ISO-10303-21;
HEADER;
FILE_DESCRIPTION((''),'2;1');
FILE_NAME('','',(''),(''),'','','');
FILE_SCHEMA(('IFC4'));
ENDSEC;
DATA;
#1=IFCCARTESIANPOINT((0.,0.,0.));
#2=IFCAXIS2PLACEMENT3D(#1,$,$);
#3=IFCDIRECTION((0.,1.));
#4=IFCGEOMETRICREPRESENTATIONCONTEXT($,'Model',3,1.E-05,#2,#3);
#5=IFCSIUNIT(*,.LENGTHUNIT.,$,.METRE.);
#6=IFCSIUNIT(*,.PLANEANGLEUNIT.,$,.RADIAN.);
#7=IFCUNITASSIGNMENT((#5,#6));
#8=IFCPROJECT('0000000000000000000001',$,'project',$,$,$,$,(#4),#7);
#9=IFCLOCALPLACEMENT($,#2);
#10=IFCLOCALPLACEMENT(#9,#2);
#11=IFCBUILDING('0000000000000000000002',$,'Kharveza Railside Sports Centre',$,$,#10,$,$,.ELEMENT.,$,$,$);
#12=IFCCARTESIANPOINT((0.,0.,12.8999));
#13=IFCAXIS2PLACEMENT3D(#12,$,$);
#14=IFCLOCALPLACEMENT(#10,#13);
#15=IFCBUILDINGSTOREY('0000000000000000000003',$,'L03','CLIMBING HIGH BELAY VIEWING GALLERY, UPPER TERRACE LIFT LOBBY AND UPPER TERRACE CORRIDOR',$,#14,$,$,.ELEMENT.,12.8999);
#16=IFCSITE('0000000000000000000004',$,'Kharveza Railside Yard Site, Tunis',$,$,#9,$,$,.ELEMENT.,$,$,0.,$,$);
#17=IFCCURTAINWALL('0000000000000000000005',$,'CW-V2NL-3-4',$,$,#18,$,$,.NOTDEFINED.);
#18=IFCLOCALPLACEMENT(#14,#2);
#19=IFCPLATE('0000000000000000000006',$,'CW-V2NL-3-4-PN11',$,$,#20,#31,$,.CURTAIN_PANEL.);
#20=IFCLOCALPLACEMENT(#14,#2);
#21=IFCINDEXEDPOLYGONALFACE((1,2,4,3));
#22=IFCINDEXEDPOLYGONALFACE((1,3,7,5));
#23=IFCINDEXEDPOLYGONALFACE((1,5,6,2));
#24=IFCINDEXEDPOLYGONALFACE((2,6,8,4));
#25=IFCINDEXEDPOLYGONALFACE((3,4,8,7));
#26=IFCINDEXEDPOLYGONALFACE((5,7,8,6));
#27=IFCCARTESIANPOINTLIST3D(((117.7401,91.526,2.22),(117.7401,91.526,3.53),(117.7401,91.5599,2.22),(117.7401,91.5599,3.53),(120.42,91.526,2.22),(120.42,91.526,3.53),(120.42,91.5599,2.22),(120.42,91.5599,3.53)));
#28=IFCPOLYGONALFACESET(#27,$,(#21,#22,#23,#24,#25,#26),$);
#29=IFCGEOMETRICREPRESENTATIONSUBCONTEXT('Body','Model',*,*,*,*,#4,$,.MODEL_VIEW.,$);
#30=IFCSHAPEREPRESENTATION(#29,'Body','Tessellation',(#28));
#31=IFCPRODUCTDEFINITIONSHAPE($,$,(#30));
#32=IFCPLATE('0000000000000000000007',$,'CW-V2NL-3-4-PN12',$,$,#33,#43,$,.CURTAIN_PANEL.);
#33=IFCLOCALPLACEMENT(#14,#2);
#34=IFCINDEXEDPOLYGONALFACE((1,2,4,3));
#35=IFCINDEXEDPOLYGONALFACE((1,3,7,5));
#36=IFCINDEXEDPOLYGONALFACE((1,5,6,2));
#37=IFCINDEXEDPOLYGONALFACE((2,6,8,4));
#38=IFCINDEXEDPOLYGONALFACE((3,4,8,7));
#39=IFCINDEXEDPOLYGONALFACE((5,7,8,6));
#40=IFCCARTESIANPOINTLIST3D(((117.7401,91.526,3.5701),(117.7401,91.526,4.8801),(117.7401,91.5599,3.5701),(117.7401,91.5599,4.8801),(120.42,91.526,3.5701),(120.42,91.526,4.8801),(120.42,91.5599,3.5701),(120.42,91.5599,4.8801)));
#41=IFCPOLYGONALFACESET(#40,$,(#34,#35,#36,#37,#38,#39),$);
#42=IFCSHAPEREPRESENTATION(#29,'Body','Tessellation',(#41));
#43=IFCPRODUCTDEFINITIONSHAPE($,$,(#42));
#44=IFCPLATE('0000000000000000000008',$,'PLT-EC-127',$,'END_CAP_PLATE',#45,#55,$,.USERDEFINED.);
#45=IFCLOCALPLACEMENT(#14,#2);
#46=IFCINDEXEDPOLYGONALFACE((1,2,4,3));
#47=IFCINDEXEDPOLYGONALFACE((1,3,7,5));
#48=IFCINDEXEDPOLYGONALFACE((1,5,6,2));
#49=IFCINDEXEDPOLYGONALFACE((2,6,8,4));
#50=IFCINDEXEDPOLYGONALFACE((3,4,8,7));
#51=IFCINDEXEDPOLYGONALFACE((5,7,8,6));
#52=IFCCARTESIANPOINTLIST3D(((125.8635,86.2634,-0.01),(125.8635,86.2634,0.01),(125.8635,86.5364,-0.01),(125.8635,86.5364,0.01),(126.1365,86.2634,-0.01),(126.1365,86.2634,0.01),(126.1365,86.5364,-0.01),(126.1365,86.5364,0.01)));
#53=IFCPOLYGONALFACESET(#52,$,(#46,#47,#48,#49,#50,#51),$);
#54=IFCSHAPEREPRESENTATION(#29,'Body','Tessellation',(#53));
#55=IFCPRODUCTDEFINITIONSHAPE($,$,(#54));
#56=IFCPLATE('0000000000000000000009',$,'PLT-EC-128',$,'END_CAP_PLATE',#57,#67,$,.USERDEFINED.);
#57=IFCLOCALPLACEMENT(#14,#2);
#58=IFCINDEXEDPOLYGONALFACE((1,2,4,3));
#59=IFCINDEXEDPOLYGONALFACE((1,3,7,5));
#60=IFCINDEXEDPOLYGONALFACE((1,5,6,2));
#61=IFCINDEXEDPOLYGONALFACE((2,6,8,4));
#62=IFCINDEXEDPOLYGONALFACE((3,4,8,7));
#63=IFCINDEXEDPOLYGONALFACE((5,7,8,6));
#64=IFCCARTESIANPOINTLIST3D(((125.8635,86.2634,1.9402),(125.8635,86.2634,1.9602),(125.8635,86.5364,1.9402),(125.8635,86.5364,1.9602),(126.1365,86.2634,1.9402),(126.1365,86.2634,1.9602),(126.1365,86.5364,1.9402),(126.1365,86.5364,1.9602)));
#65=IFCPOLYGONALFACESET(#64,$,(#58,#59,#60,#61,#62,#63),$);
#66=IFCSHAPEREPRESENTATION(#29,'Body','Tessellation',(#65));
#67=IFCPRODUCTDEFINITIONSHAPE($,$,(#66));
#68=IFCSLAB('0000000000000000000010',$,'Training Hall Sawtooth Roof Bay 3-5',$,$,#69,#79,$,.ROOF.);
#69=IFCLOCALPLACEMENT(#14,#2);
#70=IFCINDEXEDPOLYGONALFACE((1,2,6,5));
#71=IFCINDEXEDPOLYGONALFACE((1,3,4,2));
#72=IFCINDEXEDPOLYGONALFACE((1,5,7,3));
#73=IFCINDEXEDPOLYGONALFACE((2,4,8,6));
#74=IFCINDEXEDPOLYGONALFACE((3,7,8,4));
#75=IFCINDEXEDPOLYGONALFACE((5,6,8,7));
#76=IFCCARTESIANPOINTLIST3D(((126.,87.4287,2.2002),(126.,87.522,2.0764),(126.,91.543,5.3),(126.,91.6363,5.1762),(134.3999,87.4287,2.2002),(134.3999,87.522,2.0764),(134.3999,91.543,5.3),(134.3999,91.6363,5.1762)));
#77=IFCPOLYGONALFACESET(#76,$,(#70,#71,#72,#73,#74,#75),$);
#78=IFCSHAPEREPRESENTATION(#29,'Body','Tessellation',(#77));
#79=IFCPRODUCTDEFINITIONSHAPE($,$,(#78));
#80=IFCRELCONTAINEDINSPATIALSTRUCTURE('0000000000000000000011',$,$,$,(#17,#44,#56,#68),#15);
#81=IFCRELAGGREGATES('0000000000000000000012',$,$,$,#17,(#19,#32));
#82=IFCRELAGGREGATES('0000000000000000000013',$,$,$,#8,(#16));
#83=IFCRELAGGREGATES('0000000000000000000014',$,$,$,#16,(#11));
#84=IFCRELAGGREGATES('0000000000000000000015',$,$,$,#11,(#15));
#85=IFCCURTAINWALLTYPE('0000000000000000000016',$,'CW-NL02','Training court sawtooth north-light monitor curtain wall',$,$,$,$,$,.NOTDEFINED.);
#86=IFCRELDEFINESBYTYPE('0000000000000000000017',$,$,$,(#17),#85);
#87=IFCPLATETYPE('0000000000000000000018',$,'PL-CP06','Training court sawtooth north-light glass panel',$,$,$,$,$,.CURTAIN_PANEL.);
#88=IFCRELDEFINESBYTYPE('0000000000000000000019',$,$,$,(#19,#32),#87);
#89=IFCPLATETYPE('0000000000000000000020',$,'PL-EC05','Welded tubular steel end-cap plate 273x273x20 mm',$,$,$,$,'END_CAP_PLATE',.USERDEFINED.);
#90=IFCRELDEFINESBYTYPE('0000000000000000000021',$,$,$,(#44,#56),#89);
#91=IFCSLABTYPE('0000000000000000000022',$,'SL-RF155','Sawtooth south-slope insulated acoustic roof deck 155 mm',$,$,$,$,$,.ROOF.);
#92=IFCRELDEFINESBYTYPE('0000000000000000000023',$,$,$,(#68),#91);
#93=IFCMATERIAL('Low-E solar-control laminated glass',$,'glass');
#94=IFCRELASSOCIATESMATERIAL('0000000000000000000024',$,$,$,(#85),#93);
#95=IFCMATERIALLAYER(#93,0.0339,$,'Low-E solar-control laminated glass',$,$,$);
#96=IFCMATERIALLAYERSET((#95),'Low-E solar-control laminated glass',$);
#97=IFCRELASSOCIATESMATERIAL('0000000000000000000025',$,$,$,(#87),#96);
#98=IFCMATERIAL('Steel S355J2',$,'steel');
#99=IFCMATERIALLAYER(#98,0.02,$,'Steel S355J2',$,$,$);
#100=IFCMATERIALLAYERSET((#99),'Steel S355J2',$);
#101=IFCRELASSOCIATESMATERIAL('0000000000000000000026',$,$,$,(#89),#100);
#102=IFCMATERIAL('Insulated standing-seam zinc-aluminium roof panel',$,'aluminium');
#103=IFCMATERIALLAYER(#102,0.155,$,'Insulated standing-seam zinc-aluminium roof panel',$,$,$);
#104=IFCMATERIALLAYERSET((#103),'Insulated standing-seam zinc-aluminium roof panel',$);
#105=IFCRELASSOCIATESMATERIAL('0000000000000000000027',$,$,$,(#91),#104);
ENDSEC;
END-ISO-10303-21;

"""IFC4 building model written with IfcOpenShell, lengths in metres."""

from ifc_helpers import new_model, si_unit, direction, frame, origin, origin_2d, place, context, subcontext, project, spatial, polyline, rectangle, outline, extrude, material, layer, layer_set, type_object, element, aggregate, save


model = new_model("IFC4")

# Units and contexts
model_context = context("Model", 3, precision=1e-05, world=origin(), true_north=direction((0.0, 1.0)))
body_context = subcontext(model_context, "Body", "Model", "MODEL_VIEW")
ifc_project = project(units=[si_unit("LENGTHUNIT", "METRE"), si_unit("PLANEANGLEUNIT", "RADIAN")], contexts=[model_context])

# Site, building, storey
site_placement = place(None, origin())
site = spatial("IfcSite", under=ifc_project, at=site_placement, Name="Kharveza Railside Yard Site, Tunis", CompositionType="ELEMENT", RefElevation=0.0)
building_placement = place(site_placement, origin())
building = spatial("IfcBuilding", under=site, at=building_placement, Name="Kharveza Railside Sports Centre", CompositionType="ELEMENT")
storey_placement = place(building_placement, frame((0.0, 0.0, 12.8999)))
storey = spatial("IfcBuildingStorey", under=building, at=storey_placement, Name="L03", Description="CLIMBING HIGH BELAY VIEWING GALLERY, UPPER TERRACE LIFT LOBBY AND UPPER TERRACE CORRIDOR", CompositionType="ELEMENT", Elevation=12.8999)

# Shared definitions
ifc_material_1 = material(Name="Steel S355J2", Category="steel")

# Curtain wall
ifc_material_2 = material(Name="Low-E solar-control laminated glass", Category="glass")
curtain_wall_type = type_object("IfcCurtainWallType", Name="CW-NL02", Description="Training court sawtooth north-light monitor curtain wall", PredefinedType="NOTDEFINED", material=ifc_material_2)
curtain_wall_1_placement = place(storey_placement, origin())
curtain_wall_1 = element("IfcCurtainWall", 1, at=curtain_wall_1_placement, inside=storey, type_object=curtain_wall_type, Name="CW-V2NL-3-4", PredefinedType="NOTDEFINED")

# Plates
ifc_layer_1 = layer(ifc_material_2, 0.0339, Name="Low-E solar-control laminated glass")
ifc_layer_set_1 = layer_set([ifc_layer_1], Name="Low-E solar-control laminated glass")
plate_type_1 = type_object("IfcPlateType", Name="PL-CP06", Description="Training court sawtooth north-light glass panel", PredefinedType="CURTAIN_PANEL", material=ifc_layer_set_1)
plate_1_placement = place(storey_placement, frame((119.0801, 91.543, 2.22), z_axis=(0.0, 0.0, 1.0), x_axis=(1.0, 0.0, 0.0)))
plate_1 = element("IfcPlate", 2, at=plate_1_placement, type_object=plate_type_1, Name="CW-V2NL-3-4-PN11", PredefinedType="CURTAIN_PANEL", context=body_context, shape_type="SweptSolid", body=[
    extrude(rectangle(XDim=2.6799, YDim=0.0339, at=origin_2d()), origin(), (0.0, 0.0, 1.0), 1.3101),
])
plate_2_placement = place(storey_placement, frame((119.0801, 91.543, 3.5701), z_axis=(0.0, 0.0, 1.0), x_axis=(1.0, 0.0, 0.0)))
plate_2 = element("IfcPlate", 3, at=plate_2_placement, type_object=plate_type_1, Name="CW-V2NL-3-4-PN12", PredefinedType="CURTAIN_PANEL", context=body_context, shape_type="SweptSolid", body=[
    extrude(rectangle(XDim=2.6799, YDim=0.0339, at=origin_2d()), origin(), (0.0, 0.0, 1.0), 1.3101),
])
aggregate(curtain_wall_1, [plate_1, plate_2])

# Plates
ifc_layer_2 = layer(ifc_material_1, 0.02, Name="Steel S355J2")
ifc_layer_set_2 = layer_set([ifc_layer_2], Name="Steel S355J2")
plate_type_2 = type_object("IfcPlateType", Name="PL-EC05", Description="Welded tubular steel end-cap plate 273x273x20 mm", ElementType="END_CAP_PLATE", PredefinedType="USERDEFINED", material=ifc_layer_set_2)
for number, where, z_axis, x_axis, name in (
    (4, (126.0, 86.3999, -0.01), (0.0, 0.0, 1.0), (1.0, 0.0, 0.0), "PLT-EC-127"),
    (5, (126.0, 86.3999, 1.9402), (0.0, 0.0, 1.0), (1.0, 0.0, 0.0), "PLT-EC-128"),
):
    element("IfcPlate", number, at=place(storey_placement, frame(where, z_axis=z_axis, x_axis=x_axis)), inside=storey, type_object=plate_type_2, Name=name, ObjectType="END_CAP_PLATE", PredefinedType="USERDEFINED", context=body_context, shape_type="SweptSolid", body=[
        extrude(rectangle(XDim=0.2729, YDim=0.2729, at=origin_2d()), origin(), (0.0, 0.0, 1.0), 0.02),
    ])

# Slab
ifc_material_3 = material(Name="Insulated standing-seam zinc-aluminium roof panel", Category="aluminium")
ifc_layer_3 = layer(ifc_material_3, 0.155, Name="Insulated standing-seam zinc-aluminium roof panel")
ifc_layer_set_3 = layer_set([ifc_layer_3], Name="Insulated standing-seam zinc-aluminium roof panel")
slab_type = type_object("IfcSlabType", Name="SL-RF155", Description="Sawtooth south-slope insulated acoustic roof deck 155 mm", PredefinedType="ROOF", material=ifc_layer_set_3)
slab_placement = place(storey_placement, frame((126.0, 87.4287, 2.2002), z_axis=(0.0, -0.601758, 0.798679), x_axis=(1.0, 0.0, 0.0)))
element("IfcSlab", 6, at=slab_placement, inside=storey, type_object=slab_type, Name="Training Hall Sawtooth Roof Bay 3-5", PredefinedType="ROOF", context=body_context, shape_type="SweptSolid", body=[
    extrude(outline(polyline([(0.0, 0.0), (8.3999, 0.0), (8.3999, 5.1513), (0.0, 5.1513), (0.0, 0.0)])), origin(), (0.0, 0.0, -1.0), 0.155),
])

save(model, "model.ifc")
